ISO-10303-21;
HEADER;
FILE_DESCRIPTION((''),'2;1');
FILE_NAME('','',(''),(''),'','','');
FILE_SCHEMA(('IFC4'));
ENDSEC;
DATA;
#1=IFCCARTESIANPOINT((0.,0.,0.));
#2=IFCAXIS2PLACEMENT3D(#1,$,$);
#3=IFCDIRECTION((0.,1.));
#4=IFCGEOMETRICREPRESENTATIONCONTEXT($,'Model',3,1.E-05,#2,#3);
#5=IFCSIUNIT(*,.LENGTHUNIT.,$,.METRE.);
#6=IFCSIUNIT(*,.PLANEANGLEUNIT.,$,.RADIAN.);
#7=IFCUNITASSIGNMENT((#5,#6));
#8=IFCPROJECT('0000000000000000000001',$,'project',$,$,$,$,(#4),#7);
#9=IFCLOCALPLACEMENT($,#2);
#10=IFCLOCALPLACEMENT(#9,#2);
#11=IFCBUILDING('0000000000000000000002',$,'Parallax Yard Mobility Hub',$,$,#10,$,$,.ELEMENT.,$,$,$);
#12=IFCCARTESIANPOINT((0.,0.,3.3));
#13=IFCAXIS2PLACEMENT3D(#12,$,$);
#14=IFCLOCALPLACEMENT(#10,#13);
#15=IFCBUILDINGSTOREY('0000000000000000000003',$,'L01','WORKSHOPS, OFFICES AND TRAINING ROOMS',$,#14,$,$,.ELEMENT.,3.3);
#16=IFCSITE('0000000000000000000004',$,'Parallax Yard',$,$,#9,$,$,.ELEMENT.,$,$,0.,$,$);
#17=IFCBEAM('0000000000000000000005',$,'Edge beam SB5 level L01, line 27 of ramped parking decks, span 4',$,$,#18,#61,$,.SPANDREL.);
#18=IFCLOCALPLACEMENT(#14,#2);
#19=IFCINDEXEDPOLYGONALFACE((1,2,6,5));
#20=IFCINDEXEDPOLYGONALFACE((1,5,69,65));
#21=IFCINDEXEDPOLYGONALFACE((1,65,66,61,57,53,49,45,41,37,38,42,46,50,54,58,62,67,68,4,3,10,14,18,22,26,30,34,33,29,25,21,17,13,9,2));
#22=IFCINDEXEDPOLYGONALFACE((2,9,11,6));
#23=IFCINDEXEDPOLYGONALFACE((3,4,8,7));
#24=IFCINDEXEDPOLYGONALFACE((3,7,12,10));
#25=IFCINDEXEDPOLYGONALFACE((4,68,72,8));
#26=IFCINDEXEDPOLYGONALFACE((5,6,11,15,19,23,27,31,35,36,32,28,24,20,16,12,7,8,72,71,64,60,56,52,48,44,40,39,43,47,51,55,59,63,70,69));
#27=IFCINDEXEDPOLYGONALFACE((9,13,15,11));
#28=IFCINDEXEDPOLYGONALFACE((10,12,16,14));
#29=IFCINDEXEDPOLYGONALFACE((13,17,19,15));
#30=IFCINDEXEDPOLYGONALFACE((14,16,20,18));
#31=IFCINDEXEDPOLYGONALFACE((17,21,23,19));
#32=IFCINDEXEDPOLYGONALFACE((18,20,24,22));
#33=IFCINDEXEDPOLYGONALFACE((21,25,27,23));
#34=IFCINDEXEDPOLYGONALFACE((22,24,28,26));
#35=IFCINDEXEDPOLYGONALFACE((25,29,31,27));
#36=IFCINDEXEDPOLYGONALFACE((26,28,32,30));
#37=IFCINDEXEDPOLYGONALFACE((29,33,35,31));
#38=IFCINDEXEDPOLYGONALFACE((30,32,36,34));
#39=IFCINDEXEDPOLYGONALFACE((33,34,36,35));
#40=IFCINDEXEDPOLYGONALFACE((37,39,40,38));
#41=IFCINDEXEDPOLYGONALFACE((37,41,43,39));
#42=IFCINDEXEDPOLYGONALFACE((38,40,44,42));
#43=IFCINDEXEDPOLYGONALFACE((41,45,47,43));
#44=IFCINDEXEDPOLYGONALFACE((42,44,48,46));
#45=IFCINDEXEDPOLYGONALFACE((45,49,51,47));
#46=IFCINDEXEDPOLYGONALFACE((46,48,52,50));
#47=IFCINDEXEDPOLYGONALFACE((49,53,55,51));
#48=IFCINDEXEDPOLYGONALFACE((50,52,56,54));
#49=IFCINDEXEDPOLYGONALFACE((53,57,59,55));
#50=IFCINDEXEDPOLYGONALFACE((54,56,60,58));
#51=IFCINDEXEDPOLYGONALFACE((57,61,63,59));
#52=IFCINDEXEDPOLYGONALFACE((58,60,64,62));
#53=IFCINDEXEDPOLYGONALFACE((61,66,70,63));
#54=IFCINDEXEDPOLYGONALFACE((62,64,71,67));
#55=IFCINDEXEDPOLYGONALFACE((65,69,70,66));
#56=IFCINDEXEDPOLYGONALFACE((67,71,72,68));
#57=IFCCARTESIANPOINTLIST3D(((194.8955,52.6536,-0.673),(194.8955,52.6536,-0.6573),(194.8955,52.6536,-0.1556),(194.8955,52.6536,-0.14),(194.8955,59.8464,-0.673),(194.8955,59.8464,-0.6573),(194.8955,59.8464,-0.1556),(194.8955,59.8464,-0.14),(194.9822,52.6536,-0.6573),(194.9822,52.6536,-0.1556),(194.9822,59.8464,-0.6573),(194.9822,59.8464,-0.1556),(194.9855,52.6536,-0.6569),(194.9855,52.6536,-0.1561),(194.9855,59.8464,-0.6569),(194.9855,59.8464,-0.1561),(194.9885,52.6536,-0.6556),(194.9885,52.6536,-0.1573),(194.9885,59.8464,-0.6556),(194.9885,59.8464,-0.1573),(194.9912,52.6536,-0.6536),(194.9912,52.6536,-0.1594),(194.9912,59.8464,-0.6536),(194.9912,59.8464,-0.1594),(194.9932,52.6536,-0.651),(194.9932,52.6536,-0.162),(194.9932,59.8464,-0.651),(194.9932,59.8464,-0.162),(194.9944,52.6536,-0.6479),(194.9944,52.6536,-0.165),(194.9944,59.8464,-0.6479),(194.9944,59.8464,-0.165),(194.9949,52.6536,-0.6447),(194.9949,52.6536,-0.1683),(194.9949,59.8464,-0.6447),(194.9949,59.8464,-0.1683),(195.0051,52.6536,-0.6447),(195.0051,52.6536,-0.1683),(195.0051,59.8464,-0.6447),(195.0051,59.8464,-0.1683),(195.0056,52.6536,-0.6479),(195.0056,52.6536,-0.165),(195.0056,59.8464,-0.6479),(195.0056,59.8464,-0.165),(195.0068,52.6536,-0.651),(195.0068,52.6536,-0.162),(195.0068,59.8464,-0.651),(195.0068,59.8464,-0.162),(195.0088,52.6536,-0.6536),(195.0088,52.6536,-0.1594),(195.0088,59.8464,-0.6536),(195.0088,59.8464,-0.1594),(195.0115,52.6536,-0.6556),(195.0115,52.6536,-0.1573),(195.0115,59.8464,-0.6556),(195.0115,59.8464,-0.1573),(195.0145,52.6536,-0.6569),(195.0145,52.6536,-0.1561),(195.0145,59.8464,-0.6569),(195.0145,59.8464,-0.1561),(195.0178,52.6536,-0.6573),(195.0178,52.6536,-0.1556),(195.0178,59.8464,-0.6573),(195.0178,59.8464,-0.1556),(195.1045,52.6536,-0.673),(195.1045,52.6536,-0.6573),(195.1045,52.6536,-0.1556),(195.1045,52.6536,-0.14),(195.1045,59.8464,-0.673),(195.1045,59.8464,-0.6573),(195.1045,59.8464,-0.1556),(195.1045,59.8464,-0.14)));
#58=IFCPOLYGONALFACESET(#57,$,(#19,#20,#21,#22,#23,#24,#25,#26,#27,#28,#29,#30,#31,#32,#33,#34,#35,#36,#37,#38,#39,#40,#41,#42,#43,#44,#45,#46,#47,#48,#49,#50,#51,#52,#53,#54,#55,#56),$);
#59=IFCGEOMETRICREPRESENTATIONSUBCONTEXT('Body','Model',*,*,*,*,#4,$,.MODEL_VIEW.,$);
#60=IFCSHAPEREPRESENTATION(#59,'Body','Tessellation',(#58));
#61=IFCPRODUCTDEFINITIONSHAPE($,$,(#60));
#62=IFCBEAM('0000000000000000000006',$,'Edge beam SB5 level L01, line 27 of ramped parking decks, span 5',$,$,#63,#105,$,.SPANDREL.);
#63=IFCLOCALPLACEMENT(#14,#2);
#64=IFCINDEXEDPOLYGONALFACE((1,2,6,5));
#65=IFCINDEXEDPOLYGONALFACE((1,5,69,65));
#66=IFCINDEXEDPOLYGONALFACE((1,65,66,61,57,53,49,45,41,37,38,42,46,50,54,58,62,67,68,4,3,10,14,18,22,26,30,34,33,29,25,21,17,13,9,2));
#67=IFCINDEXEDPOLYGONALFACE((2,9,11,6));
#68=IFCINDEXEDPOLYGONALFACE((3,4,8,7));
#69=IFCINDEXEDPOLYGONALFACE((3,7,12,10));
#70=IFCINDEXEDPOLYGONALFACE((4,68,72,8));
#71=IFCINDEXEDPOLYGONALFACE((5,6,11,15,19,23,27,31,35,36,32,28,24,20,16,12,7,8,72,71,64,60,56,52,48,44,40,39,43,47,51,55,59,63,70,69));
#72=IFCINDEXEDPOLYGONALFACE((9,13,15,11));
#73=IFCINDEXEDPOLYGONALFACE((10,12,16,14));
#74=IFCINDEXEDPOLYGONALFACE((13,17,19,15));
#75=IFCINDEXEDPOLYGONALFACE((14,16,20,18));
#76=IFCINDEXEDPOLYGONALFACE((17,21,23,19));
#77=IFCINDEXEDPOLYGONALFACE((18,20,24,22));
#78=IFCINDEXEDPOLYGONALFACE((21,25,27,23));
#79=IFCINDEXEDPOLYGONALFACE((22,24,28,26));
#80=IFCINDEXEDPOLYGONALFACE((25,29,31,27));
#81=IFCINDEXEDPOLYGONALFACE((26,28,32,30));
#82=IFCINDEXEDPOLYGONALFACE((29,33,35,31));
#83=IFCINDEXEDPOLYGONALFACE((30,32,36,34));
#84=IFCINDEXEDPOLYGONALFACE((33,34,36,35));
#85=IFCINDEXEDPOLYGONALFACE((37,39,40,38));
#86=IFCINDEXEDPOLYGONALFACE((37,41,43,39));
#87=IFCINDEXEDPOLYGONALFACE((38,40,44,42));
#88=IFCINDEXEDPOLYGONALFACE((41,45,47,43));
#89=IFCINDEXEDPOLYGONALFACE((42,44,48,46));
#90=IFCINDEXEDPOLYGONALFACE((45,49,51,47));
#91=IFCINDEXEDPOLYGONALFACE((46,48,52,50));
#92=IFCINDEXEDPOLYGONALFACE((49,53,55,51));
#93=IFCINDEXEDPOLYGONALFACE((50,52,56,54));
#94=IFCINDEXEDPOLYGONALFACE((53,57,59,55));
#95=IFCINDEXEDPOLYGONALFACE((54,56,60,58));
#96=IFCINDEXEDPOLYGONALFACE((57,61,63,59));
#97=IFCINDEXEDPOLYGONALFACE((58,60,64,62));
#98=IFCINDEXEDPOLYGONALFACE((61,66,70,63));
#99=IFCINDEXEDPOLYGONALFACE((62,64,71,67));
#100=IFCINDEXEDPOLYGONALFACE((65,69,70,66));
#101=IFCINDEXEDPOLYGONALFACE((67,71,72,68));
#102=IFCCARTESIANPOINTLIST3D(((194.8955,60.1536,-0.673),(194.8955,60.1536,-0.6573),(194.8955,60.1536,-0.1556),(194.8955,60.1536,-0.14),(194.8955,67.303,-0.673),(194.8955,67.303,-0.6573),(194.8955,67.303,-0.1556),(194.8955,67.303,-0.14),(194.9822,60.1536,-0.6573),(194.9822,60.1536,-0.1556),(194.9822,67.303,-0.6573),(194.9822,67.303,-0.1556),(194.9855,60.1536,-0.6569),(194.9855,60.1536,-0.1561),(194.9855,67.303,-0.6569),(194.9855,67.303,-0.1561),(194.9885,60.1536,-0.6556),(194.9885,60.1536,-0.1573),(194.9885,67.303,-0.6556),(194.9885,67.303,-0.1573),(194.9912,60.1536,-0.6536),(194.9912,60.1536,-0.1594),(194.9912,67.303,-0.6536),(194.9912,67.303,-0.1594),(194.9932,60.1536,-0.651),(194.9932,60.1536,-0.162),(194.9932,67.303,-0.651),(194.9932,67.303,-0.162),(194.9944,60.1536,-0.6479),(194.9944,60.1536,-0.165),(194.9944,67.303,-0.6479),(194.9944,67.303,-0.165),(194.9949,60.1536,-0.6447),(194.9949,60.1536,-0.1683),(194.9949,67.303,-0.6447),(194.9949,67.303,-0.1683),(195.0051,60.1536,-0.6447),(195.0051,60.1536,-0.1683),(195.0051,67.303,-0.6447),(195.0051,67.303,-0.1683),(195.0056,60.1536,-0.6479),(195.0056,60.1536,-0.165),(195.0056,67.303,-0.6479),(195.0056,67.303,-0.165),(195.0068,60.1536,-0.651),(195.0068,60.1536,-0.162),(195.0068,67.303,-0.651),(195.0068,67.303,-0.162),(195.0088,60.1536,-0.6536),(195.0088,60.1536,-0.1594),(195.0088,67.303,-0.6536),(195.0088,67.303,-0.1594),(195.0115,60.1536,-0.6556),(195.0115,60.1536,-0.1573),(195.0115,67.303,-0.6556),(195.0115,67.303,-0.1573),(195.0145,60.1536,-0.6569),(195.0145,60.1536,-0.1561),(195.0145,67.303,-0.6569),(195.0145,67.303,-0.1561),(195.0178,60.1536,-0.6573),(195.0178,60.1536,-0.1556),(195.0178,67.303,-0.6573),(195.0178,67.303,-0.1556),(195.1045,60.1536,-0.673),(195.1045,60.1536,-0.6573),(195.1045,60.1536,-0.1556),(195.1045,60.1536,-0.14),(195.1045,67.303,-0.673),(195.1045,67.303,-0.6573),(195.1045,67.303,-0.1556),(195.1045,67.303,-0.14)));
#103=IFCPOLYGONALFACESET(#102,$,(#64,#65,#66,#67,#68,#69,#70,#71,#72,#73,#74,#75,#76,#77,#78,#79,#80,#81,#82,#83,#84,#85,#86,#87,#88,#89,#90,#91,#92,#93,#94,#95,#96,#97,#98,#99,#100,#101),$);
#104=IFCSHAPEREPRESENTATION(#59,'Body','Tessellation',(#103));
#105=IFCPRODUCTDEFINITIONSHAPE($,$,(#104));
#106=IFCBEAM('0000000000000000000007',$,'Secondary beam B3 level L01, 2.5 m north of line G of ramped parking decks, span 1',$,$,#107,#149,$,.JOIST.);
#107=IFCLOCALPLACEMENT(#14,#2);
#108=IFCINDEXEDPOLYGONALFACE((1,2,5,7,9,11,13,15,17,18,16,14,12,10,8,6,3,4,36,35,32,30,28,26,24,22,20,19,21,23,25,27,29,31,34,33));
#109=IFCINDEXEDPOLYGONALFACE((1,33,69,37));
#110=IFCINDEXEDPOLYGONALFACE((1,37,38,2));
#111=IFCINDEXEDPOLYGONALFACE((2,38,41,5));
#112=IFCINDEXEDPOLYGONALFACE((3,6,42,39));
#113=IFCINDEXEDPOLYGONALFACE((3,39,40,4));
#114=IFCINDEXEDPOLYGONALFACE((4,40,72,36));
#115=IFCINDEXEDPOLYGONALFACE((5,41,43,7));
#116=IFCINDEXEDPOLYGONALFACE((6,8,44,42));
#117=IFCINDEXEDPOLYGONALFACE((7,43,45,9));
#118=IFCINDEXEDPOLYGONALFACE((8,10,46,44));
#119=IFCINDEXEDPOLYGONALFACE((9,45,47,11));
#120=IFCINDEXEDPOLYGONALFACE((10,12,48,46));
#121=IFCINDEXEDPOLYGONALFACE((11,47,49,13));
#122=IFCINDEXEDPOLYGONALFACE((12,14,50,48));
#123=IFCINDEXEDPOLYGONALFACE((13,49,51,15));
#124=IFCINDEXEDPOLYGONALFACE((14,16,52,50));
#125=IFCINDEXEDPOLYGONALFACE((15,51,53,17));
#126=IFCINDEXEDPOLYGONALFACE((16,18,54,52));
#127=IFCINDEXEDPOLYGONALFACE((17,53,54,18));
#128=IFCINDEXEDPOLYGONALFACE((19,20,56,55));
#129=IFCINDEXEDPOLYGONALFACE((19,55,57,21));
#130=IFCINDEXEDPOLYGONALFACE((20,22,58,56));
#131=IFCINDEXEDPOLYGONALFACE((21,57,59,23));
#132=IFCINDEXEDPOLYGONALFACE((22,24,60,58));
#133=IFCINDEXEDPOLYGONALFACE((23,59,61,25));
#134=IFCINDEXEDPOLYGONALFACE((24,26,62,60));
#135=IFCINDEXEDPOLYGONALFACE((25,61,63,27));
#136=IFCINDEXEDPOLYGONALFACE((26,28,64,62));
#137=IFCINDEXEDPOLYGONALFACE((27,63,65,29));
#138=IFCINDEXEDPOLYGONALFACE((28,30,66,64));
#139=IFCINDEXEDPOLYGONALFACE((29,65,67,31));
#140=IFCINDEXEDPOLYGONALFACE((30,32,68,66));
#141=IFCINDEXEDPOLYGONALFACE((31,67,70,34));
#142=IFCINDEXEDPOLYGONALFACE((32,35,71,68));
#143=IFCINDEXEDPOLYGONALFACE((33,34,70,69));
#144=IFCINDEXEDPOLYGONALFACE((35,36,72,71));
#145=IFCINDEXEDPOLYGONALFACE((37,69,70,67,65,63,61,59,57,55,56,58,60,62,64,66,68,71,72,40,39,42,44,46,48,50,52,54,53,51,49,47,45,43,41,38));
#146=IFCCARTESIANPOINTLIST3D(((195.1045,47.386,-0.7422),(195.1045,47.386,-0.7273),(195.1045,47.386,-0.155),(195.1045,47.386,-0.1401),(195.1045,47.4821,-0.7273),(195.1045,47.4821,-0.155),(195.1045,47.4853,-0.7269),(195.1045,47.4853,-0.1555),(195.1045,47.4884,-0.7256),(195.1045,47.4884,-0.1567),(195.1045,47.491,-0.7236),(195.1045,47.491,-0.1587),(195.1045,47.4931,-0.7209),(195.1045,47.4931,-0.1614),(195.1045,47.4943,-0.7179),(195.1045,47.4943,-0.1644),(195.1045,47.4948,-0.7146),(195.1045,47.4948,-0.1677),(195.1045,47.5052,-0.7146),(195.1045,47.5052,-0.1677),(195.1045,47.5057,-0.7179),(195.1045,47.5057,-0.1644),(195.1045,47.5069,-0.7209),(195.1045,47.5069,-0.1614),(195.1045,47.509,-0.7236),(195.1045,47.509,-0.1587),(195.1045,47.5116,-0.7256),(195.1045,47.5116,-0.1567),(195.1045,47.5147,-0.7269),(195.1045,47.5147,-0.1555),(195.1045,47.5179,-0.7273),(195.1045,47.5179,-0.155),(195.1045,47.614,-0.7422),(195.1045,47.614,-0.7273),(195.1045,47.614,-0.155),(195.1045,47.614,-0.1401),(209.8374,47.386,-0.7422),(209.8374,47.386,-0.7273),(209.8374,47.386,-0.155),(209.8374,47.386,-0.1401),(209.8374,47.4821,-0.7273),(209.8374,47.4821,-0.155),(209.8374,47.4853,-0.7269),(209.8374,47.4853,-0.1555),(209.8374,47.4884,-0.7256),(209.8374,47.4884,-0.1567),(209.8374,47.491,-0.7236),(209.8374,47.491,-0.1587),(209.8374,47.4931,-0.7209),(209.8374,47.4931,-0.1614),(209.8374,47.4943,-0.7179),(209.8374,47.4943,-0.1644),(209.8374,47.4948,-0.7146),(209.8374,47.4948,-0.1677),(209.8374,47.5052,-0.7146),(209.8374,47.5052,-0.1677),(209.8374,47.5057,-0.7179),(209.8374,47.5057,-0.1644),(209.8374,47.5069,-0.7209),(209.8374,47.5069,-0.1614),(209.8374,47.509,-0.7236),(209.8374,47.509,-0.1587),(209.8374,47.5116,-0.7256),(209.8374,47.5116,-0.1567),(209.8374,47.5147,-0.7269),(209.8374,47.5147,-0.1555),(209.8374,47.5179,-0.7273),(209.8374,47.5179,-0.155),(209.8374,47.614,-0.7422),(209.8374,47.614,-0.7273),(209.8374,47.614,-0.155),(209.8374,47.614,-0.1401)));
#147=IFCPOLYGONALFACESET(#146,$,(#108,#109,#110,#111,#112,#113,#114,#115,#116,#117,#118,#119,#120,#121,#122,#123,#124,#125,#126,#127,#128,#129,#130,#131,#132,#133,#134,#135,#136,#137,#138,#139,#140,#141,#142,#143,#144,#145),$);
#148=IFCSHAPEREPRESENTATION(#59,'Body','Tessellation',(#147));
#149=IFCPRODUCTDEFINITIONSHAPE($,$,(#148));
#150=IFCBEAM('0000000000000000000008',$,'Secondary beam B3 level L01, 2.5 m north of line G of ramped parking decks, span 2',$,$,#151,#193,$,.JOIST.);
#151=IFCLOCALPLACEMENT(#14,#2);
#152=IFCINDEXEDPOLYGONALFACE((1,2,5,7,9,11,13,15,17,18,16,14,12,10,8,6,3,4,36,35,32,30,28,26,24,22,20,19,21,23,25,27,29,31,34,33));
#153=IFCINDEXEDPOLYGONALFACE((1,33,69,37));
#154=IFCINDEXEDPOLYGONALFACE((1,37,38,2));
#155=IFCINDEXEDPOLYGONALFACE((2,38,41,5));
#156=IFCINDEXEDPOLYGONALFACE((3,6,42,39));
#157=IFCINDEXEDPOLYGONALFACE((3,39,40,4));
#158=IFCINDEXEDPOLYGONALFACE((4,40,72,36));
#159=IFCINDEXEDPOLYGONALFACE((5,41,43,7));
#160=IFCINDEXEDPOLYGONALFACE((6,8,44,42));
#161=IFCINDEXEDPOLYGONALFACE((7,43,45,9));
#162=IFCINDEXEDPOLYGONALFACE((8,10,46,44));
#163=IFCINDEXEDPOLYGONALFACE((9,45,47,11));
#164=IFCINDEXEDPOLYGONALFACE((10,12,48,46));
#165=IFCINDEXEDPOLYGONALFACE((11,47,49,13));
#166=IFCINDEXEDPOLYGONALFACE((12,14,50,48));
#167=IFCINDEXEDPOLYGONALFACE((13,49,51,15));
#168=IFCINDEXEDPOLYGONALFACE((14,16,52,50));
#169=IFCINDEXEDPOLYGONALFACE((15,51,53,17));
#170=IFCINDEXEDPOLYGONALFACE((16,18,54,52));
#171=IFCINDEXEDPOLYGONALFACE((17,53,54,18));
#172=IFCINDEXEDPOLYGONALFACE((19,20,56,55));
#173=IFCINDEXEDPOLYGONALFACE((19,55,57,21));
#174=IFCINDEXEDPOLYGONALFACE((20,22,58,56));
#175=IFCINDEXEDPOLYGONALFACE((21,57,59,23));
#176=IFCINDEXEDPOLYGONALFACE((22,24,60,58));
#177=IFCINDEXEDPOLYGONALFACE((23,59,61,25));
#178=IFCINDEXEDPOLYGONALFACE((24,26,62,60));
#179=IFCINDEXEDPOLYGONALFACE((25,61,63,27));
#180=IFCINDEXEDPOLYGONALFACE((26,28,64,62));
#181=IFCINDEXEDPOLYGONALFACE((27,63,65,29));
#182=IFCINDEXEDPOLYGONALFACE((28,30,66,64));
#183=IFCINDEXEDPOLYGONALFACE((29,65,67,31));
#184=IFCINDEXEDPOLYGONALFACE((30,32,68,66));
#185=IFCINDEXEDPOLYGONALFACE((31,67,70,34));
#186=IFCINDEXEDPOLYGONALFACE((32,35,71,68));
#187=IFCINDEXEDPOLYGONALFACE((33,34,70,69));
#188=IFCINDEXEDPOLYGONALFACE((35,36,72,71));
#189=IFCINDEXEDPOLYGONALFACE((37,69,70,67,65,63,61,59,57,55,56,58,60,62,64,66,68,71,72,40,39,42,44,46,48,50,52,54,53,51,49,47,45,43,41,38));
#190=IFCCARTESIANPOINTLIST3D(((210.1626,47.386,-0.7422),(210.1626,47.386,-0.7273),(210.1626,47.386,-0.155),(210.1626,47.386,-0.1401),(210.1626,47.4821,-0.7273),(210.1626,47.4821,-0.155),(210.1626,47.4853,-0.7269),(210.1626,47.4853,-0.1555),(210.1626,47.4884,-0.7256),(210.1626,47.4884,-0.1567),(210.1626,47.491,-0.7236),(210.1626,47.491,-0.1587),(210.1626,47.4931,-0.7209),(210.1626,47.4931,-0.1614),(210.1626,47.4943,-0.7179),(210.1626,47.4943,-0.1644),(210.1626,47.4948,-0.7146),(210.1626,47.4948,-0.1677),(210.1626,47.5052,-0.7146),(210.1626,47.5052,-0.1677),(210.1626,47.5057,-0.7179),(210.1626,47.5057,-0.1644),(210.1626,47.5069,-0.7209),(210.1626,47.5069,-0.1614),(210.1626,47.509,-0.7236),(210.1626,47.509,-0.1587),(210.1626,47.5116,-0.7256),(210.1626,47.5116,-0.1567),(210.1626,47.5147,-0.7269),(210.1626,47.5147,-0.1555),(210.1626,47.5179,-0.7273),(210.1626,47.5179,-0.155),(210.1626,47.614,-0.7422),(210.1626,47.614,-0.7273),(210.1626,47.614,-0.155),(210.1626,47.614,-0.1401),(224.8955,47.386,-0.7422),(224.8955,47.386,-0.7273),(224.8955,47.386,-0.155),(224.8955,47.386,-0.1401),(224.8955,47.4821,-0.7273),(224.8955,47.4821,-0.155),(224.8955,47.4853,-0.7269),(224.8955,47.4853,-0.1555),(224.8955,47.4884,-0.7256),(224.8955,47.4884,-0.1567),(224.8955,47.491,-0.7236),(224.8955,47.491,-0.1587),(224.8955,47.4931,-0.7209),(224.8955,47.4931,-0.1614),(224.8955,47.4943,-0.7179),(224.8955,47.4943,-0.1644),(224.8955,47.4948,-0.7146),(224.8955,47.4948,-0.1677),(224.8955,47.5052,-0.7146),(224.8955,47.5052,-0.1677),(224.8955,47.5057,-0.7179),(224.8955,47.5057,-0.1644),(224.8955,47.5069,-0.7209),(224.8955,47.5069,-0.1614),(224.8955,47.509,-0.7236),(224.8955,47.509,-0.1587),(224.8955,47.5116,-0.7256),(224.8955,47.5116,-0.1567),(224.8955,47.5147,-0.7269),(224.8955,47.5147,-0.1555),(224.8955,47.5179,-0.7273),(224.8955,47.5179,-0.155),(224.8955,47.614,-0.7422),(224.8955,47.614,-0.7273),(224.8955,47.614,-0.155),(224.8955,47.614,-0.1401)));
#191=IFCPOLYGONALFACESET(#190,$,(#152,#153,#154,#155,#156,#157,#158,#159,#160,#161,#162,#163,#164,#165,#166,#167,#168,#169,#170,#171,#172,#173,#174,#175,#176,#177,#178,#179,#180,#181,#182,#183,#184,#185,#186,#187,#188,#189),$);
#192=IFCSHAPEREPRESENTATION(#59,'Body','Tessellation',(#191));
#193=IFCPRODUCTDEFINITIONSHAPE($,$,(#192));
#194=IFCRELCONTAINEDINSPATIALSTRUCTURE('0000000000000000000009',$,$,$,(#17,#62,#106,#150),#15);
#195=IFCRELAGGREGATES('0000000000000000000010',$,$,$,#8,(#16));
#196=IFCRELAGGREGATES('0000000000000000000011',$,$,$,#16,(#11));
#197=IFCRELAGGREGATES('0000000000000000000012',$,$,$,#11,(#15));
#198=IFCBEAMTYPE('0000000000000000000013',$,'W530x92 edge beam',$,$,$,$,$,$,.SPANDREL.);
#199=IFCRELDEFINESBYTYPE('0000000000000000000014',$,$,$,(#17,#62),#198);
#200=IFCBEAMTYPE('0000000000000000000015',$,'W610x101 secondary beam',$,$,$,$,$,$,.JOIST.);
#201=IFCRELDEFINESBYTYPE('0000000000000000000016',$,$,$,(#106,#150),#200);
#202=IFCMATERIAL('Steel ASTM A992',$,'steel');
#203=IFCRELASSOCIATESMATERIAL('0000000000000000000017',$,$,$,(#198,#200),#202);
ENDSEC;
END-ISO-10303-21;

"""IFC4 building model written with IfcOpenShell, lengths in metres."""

from ifc_helpers import new_model, si_unit, direction, frame, origin, origin_2d, place, context, subcontext, project, spatial, i_section, extrude, material, material_profile, profile_set, type_object, element, save


model = new_model("IFC4")

# Units and contexts
model_context = context("Model", 3, precision=1e-05, world=origin(), true_north=direction((0.0, 1.0)))
body_context = subcontext(model_context, "Body", "Model", "MODEL_VIEW")
ifc_project = project(units=[si_unit("LENGTHUNIT", "METRE"), si_unit("PLANEANGLEUNIT", "RADIAN")], contexts=[model_context])

# Site, building, storey
site_placement = place(None, origin())
site = spatial("IfcSite", under=ifc_project, at=site_placement, Name="Parallax Yard", CompositionType="ELEMENT", RefElevation=0.0)
building_placement = place(site_placement, origin())
building = spatial("IfcBuilding", under=site, at=building_placement, Name="Parallax Yard Mobility Hub", CompositionType="ELEMENT")
storey_placement = place(building_placement, frame((0.0, 0.0, 3.3)))
storey = spatial("IfcBuildingStorey", under=building, at=storey_placement, Name="L01", Description="WORKSHOPS, OFFICES AND TRAINING ROOMS", CompositionType="ELEMENT", Elevation=3.3)

# Shared definitions
ifc_material_1 = material(Name="Steel ASTM A992", Category="steel")

# Beams
ifc_material_profile_1 = material_profile(ifc_material_1, i_section(OverallWidth=0.209, OverallDepth=0.533, WebThickness=0.0103, FlangeThickness=0.0156, FilletRadius=0.0127, at=origin_2d()), Name="W530x92")
ifc_profile_set_1 = profile_set([ifc_material_profile_1], Name="Steel ASTM A992")
beam_type_1 = type_object("IfcBeamType", Name="W530x92 edge beam", PredefinedType="SPANDREL", material=ifc_profile_set_1)
beam_1_placement = place(storey_placement, frame((195.0, 52.6536, -0.4065), z_axis=(0.0, 1.0, 0.0), x_axis=(-1.0, 0.0, 0.0)))
element("IfcBeam", 1, at=beam_1_placement, inside=storey, type_object=beam_type_1, Name="Edge beam SB5 level L01, line 27 of ramped parking decks, span 4", PredefinedType="SPANDREL", context=body_context, shape_type="SweptSolid", body=[
    extrude(i_section(OverallWidth=0.209, OverallDepth=0.533, WebThickness=0.0103, FlangeThickness=0.0156, FilletRadius=0.0127, at=origin_2d()), origin(), (0.0, 0.0, 1.0), 7.1929),
])
beam_2_placement = place(storey_placement, frame((195.0, 60.1536, -0.4065), z_axis=(0.0, 1.0, 0.0), x_axis=(-1.0, 0.0, 0.0)))
element("IfcBeam", 2, at=beam_2_placement, inside=storey, type_object=beam_type_1, Name="Edge beam SB5 level L01, line 27 of ramped parking decks, span 5", PredefinedType="SPANDREL", context=body_context, shape_type="SweptSolid", body=[
    extrude(i_section(OverallWidth=0.209, OverallDepth=0.533, WebThickness=0.0103, FlangeThickness=0.0156, FilletRadius=0.0127, at=origin_2d()), origin(), (0.0, 0.0, 1.0), 7.1494),
])
ifc_material_profile_2 = material_profile(ifc_material_1, i_section(OverallWidth=0.228, OverallDepth=0.6021, WebThickness=0.0105, FlangeThickness=0.0149, FilletRadius=0.0127, at=origin_2d()), Name="W610x101")
ifc_profile_set_2 = profile_set([ifc_material_profile_2], Name="Steel ASTM A992")
beam_type_2 = type_object("IfcBeamType", Name="W610x101 secondary beam", PredefinedType="JOIST", material=ifc_profile_set_2)
for number, where, z_axis, x_axis, name in (
    (3, (195.1045, 47.5, -0.4412), (1.0, 0.0, 0.0), (0.0, 1.0, 0.0), "Secondary beam B3 level L01, 2.5 m north of line G of ramped parking decks, span 1"),
    (4, (210.1626, 47.5, -0.4412), (1.0, 0.0, 0.0), (0.0, 1.0, 0.0), "Secondary beam B3 level L01, 2.5 m north of line G of ramped parking decks, span 2"),
):
    element("IfcBeam", number, at=place(storey_placement, frame(where, z_axis=z_axis, x_axis=x_axis)), inside=storey, type_object=beam_type_2, Name=name, PredefinedType="JOIST", context=body_context, shape_type="SweptSolid", body=[
        extrude(i_section(OverallWidth=0.228, OverallDepth=0.6021, WebThickness=0.0105, FlangeThickness=0.0149, FilletRadius=0.0127, at=origin_2d()), origin(), (0.0, 0.0, 1.0), 14.7329),
    ])

save(model, "model.ifc")
